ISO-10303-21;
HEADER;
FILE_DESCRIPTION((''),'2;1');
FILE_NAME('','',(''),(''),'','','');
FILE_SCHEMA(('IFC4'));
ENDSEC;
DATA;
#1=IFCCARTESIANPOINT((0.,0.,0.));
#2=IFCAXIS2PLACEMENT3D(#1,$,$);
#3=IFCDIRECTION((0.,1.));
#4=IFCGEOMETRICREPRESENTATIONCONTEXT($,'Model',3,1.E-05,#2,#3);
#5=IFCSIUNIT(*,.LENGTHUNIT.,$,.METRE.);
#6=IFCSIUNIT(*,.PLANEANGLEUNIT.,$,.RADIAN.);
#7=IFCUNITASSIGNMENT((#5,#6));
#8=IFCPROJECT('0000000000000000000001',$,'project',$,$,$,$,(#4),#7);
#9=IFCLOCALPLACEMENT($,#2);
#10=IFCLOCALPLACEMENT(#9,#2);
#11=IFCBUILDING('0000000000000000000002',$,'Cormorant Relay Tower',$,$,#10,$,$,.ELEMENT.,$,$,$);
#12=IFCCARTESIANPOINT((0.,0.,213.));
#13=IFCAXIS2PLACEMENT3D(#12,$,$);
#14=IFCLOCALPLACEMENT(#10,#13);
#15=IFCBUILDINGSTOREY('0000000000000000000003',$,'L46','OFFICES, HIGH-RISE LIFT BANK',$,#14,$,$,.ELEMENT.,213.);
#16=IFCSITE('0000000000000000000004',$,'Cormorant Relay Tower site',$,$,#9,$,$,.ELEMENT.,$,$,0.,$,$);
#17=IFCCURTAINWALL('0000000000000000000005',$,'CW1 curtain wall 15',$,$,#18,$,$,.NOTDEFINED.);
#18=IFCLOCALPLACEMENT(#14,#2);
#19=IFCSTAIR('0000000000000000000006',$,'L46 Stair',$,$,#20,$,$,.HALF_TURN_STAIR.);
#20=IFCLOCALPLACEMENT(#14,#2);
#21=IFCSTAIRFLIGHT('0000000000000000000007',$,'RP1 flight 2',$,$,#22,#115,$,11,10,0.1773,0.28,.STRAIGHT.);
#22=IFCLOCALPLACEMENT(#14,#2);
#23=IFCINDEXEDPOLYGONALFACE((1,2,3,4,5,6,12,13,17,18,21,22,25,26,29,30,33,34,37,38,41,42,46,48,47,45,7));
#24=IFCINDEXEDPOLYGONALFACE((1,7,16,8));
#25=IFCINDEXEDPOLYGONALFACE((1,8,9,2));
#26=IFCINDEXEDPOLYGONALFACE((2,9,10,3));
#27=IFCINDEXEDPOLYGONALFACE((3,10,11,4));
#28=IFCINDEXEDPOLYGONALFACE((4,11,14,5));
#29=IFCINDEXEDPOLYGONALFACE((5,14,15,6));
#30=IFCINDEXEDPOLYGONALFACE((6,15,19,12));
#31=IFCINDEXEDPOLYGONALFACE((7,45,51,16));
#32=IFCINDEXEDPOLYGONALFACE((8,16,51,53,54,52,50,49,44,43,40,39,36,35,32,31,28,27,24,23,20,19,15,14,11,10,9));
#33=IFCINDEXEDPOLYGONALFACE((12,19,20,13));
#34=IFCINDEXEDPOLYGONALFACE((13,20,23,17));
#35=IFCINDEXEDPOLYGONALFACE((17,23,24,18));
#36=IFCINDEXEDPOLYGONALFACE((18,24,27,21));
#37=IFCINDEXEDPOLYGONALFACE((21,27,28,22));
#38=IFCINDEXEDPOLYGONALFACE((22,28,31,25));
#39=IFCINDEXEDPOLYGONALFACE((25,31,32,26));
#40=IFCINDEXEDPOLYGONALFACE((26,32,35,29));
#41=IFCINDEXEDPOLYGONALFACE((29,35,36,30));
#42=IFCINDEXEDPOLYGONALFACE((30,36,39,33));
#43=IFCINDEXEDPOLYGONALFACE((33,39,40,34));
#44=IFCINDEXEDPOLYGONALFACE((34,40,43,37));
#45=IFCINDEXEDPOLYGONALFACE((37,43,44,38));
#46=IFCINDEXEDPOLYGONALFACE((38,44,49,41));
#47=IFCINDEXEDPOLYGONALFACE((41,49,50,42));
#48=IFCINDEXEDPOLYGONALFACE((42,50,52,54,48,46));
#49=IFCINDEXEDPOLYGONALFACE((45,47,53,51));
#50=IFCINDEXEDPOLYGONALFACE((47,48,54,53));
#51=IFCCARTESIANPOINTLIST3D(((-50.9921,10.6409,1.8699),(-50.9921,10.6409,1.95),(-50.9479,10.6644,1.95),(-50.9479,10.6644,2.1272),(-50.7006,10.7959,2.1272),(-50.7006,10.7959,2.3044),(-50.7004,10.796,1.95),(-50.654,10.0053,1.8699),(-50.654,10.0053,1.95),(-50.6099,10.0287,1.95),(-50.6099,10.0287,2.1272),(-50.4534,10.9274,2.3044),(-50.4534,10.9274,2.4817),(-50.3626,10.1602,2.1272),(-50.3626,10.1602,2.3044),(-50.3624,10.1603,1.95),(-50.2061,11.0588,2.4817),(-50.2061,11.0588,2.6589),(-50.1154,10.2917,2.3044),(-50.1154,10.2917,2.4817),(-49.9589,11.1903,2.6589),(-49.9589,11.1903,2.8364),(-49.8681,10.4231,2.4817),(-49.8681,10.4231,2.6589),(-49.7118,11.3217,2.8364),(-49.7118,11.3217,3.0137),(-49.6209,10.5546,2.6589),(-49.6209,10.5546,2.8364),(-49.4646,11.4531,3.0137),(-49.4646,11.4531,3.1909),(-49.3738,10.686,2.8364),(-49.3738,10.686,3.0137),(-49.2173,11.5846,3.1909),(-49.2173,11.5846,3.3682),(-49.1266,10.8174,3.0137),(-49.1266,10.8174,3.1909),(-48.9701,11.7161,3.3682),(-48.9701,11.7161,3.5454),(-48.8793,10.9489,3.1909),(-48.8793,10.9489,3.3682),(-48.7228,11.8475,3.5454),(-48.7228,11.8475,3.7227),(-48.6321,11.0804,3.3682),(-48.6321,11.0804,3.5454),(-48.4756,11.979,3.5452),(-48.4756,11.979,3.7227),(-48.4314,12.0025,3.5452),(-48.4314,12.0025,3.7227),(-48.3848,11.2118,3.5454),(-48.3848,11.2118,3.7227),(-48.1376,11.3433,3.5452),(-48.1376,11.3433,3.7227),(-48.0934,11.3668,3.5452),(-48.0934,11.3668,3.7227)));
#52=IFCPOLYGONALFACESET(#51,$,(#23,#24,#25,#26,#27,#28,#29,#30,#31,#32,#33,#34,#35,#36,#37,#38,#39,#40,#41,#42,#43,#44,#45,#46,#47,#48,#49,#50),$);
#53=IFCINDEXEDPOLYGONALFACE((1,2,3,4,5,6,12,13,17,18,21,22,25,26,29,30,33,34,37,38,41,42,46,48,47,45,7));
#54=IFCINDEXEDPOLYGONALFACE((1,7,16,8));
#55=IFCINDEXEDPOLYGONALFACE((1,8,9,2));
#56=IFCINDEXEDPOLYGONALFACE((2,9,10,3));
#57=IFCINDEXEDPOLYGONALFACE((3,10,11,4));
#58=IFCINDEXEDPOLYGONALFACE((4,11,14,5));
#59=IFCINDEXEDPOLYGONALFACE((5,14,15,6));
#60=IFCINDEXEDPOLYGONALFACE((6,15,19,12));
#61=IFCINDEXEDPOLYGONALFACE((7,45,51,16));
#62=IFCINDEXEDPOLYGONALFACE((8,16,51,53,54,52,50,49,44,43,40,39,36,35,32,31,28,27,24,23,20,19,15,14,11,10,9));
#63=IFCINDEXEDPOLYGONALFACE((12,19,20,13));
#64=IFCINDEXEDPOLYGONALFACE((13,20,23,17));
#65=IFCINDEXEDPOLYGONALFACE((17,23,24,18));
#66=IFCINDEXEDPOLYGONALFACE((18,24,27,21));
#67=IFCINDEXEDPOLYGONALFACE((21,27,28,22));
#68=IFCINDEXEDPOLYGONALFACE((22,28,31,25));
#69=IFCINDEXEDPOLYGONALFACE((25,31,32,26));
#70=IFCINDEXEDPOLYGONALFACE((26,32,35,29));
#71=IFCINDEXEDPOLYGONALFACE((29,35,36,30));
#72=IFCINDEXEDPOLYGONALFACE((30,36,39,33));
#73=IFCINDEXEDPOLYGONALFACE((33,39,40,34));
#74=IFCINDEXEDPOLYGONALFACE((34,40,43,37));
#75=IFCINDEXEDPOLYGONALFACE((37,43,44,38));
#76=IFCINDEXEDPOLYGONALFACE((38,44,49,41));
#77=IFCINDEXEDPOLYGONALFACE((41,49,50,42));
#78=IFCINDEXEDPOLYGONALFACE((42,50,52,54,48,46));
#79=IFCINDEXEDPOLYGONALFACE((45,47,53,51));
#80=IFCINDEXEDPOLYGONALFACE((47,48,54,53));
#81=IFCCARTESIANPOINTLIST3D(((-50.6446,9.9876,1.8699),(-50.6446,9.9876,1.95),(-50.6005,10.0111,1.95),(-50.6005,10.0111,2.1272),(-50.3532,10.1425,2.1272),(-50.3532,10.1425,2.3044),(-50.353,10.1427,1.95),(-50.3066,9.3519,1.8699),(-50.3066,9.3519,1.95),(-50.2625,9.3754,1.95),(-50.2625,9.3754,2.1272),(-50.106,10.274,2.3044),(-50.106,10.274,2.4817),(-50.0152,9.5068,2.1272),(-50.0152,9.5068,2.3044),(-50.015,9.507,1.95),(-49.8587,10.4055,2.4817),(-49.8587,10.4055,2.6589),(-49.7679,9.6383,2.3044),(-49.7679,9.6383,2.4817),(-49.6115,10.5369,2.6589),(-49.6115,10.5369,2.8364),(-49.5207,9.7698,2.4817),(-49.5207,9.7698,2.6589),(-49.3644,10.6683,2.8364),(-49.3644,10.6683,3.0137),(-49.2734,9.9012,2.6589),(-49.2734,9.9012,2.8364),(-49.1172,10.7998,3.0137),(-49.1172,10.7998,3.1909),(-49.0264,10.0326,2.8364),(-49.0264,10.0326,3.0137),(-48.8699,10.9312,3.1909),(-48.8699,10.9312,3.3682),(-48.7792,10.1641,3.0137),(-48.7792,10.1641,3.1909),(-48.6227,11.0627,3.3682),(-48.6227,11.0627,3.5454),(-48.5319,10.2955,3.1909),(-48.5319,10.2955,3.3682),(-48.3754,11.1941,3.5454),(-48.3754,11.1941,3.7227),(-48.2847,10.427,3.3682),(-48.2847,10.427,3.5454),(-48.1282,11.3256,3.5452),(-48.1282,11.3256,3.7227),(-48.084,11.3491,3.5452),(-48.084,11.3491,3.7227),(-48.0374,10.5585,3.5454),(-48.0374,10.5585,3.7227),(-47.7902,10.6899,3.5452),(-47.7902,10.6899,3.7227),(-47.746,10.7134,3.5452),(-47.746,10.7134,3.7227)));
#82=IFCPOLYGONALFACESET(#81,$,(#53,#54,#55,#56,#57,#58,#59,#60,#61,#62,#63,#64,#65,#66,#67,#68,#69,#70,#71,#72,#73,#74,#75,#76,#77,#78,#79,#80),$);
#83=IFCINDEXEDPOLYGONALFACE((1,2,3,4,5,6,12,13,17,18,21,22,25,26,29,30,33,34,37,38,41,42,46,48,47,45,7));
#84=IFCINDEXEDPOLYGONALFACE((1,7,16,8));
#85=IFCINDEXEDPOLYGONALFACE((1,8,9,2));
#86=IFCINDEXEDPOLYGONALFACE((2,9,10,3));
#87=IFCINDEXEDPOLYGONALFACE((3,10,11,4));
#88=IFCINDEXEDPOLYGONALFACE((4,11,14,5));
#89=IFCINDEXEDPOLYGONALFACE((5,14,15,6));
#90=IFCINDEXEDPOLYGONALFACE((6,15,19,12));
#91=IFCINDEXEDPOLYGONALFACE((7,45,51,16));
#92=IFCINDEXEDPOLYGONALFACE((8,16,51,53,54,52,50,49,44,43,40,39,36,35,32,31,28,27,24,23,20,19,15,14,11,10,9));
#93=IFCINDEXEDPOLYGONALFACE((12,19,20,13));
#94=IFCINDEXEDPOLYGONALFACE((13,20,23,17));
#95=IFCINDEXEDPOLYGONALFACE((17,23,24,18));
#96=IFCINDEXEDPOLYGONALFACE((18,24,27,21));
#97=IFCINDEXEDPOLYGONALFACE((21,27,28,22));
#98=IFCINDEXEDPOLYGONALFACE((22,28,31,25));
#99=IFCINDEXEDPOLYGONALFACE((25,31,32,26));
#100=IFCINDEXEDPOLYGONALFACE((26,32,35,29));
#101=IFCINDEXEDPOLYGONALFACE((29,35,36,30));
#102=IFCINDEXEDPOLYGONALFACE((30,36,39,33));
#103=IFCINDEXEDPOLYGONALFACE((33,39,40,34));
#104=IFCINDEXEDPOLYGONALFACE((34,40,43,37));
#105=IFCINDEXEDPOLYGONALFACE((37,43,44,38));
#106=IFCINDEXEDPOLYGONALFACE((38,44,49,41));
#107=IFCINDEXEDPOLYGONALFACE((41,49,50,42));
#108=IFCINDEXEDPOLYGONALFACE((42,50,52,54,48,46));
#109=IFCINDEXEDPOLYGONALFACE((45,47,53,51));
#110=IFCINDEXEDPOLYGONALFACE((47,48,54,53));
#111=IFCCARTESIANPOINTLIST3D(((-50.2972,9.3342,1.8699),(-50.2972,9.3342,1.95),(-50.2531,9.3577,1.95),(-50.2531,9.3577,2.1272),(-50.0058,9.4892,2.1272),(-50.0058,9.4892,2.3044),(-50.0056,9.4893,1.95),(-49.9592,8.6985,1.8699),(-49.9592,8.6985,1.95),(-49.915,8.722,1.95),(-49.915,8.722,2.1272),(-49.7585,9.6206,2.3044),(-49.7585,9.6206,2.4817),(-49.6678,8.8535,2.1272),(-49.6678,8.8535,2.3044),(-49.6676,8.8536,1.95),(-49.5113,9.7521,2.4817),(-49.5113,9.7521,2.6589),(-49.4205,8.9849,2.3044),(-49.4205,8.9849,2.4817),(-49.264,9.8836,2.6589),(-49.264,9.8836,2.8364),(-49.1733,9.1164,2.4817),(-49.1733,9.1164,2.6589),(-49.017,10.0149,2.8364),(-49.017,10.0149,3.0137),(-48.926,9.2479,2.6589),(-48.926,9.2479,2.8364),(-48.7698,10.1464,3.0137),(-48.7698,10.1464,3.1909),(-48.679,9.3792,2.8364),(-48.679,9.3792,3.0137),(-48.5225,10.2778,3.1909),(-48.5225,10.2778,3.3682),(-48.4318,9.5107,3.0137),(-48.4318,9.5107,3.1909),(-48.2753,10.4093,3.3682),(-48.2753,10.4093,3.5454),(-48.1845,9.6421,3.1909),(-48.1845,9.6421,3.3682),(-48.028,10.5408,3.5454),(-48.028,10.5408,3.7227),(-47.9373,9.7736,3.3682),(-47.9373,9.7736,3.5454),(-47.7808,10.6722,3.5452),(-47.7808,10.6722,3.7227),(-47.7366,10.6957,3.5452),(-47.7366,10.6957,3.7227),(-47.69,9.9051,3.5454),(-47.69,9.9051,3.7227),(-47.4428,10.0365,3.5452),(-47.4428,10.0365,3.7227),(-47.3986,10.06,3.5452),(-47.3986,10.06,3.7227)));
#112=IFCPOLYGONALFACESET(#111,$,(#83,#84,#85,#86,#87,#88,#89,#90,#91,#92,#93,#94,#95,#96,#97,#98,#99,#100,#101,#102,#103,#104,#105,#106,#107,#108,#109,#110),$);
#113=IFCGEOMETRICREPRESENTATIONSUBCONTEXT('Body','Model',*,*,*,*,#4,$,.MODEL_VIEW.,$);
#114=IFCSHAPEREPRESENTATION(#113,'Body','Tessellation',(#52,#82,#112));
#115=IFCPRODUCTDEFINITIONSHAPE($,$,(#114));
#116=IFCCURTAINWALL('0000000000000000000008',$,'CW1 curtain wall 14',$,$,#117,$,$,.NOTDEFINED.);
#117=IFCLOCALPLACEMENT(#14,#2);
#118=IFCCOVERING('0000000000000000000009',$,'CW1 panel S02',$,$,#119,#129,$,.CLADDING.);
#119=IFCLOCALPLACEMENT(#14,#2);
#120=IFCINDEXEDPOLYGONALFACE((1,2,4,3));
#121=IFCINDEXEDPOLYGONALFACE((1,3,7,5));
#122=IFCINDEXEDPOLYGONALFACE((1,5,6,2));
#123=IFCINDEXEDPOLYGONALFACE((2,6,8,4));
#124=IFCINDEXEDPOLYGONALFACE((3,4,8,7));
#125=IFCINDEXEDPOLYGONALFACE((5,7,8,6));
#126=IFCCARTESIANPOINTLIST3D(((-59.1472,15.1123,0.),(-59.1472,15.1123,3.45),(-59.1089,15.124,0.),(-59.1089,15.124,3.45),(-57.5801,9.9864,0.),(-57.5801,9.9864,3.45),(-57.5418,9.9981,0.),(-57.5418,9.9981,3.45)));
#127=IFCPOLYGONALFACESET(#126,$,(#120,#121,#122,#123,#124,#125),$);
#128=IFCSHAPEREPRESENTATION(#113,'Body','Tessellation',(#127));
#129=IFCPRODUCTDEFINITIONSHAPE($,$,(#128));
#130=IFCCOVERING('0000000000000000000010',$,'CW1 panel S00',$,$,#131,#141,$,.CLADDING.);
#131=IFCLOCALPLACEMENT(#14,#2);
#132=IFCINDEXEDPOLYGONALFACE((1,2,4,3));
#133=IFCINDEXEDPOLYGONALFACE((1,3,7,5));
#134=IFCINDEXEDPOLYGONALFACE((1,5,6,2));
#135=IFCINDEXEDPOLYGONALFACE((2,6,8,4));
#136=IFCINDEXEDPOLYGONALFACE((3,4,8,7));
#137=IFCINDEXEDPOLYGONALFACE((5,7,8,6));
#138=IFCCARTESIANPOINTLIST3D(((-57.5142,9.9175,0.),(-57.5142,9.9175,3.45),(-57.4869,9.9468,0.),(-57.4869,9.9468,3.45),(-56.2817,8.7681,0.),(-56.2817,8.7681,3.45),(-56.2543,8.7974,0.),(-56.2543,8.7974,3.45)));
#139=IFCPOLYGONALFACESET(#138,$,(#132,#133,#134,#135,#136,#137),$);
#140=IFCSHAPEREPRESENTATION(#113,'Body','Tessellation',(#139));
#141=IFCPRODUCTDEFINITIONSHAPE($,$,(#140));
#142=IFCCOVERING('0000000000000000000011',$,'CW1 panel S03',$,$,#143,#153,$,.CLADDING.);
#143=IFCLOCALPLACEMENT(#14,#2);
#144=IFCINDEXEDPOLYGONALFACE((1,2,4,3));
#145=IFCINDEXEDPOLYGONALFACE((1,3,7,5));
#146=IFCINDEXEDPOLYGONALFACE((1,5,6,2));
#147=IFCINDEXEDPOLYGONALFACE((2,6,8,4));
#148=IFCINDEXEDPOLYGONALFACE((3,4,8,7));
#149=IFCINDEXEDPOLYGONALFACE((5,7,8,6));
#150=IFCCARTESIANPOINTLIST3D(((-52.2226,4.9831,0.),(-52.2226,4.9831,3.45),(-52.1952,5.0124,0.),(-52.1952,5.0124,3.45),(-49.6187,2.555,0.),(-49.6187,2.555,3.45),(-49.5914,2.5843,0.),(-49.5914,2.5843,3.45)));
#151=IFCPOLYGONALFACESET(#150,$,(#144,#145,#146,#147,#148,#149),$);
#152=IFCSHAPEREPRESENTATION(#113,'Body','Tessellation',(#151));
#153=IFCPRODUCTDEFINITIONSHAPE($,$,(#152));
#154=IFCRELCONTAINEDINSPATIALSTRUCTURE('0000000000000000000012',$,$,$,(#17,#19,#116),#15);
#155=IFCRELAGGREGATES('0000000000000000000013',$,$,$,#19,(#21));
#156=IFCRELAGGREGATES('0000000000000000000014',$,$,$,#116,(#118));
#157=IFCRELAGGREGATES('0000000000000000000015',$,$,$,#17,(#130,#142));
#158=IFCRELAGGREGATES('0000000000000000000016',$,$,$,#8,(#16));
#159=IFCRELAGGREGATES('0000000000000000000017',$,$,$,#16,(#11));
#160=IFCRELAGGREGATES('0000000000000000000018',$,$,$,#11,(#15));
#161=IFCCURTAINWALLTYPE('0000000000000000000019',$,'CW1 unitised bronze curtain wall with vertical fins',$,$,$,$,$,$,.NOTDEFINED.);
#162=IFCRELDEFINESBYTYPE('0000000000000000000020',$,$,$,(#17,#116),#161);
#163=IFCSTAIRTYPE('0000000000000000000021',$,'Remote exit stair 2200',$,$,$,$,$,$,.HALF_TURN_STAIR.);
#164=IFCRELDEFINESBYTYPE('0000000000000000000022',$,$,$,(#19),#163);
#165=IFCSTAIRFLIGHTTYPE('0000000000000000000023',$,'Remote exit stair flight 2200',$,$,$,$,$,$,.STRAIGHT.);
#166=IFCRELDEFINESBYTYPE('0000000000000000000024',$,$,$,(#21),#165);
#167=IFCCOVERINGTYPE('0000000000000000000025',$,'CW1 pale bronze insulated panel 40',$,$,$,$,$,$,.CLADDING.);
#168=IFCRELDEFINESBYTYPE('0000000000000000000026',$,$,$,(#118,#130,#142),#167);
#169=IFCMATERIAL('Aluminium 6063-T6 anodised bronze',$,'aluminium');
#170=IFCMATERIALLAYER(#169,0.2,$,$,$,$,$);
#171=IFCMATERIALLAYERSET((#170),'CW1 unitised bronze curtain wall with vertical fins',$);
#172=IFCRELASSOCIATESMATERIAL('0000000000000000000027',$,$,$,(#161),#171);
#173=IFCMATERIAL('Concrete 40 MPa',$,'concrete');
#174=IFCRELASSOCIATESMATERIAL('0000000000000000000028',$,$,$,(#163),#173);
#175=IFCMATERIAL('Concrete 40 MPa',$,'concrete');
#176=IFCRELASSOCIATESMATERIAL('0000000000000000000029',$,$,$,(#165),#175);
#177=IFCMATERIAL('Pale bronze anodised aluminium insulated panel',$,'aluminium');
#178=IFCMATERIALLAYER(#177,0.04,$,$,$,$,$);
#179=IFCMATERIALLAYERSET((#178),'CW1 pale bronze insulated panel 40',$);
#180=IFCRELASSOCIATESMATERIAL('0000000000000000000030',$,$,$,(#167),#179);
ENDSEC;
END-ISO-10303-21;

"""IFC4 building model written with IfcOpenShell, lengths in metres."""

from ifc_helpers import new_model, si_unit, direction, frame, origin, origin_2d, place, context, subcontext, project, spatial, polyline, rectangle, outline, extrude, material, layer, layer_set, type_object, element, aggregate, save


model = new_model("IFC4")

# Units and contexts
model_context = context("Model", 3, precision=1e-05, world=origin(), true_north=direction((0.0, 1.0)))
body_context = subcontext(model_context, "Body", "Model", "MODEL_VIEW")
ifc_project = project(units=[si_unit("LENGTHUNIT", "METRE"), si_unit("PLANEANGLEUNIT", "RADIAN")], contexts=[model_context])

# Site, building, storey
site_placement = place(None, origin())
site = spatial("IfcSite", under=ifc_project, at=site_placement, Name="Cormorant Relay Tower site", CompositionType="ELEMENT", RefElevation=0.0)
building_placement = place(site_placement, origin())
building = spatial("IfcBuilding", under=site, at=building_placement, Name="Cormorant Relay Tower", CompositionType="ELEMENT")
storey_placement = place(building_placement, frame((0.0, 0.0, 213.0)))
storey = spatial("IfcBuildingStorey", under=building, at=storey_placement, Name="L46", Description="OFFICES, HIGH-RISE LIFT BANK", CompositionType="ELEMENT", Elevation=213.0)

# Curtain wall
ifc_material_1 = material(Name="Aluminium 6063-T6 anodised bronze", Category="aluminium")
ifc_layer_1 = layer(ifc_material_1, 0.2)
ifc_layer_set_1 = layer_set([ifc_layer_1], Name="CW1 unitised bronze curtain wall with vertical fins")
curtain_wall_type = type_object("IfcCurtainWallType", Name="CW1 unitised bronze curtain wall with vertical fins", PredefinedType="NOTDEFINED", material=ifc_layer_set_1)
curtain_wall_1_placement = place(storey_placement, origin())
curtain_wall_1 = element("IfcCurtainWall", 1, at=curtain_wall_1_placement, inside=storey, type_object=curtain_wall_type, Name="CW1 curtain wall 15", PredefinedType="NOTDEFINED")

# Stair, stair flight
ifc_material_2 = material(Name="Concrete 40 MPa", Category="concrete")
stair_type = type_object("IfcStairType", Name="Remote exit stair 2200", PredefinedType="HALF_TURN_STAIR", material=ifc_material_2)
stair_placement = place(storey_placement, origin())
stair = element("IfcStair", 2, at=stair_placement, inside=storey, type_object=stair_type, Name="L46 Stair", PredefinedType="HALF_TURN_STAIR")
ifc_material_3 = material(Name="Concrete 40 MPa", Category="concrete")
stair_flight_type = type_object("IfcStairFlightType", Name="Remote exit stair flight 2200", PredefinedType="STRAIGHT", material=ifc_material_3)
stair_flight_1_placement = place(storey_placement, frame((-50.4314, 9.6931, 1.95), z_axis=(0.0, 0.0, 1.0), x_axis=(0.882948, 0.469472, 0.0)))
stair_flight_1 = element("IfcStairFlight", 3, at=stair_flight_1_placement, type_object=stair_flight_type, Name="RP1 flight 2", NumberOfRisers=11, NumberOfTreads=10, PredefinedType="STRAIGHT", RiserHeight=0.1773, TreadLength=0.28, context=body_context, shape_type="SweptSolid", body=[
    extrude(outline(polyline([(-0.05, -0.0801), (-0.05, 0.0), (0.0, 0.0), (0.0, 0.1772), (0.28, 0.1772), (0.28, 0.3545), (0.5601, 0.3545), (0.5601, 0.5317), (0.8401, 0.5317), (0.8401, 0.709), (1.1201, 0.709), (1.1201, 0.8865), (1.3999, 0.8865), (1.3999, 1.0637), (1.6799, 1.0637), (1.6799, 1.241), (1.96, 1.241), (1.96, 1.4182), (2.24, 1.4182), (2.24, 1.5955), (2.52, 1.5955), (2.52, 1.7727), (2.8, 1.7727), (2.8501, 1.7727), (2.8501, 1.5952), (2.8, 1.5952), (0.2803, 0.0), (-0.05, -0.0801)])), frame((0.0, 1.1001, 0.0), z_axis=(0.0, -1.0, 0.0), x_axis=(1.0, 0.0, 0.0)), (0.0, 0.0, 1.0), 0.72),
    extrude(outline(polyline([(-0.05, -0.0801), (-0.05, 0.0), (0.0, 0.0), (0.0, 0.1772), (0.28, 0.1772), (0.28, 0.3545), (0.5601, 0.3545), (0.5601, 0.5317), (0.8401, 0.5317), (0.8401, 0.709), (1.1201, 0.709), (1.1201, 0.8865), (1.3999, 0.8865), (1.3999, 1.0637), (1.6799, 1.0637), (1.6799, 1.241), (1.96, 1.241), (1.96, 1.4182), (2.24, 1.4182), (2.24, 1.5955), (2.52, 1.5955), (2.52, 1.7727), (2.8, 1.7727), (2.8501, 1.7727), (2.8501, 1.5952), (2.8, 1.5952), (0.2803, 0.0), (-0.05, -0.0801)])), frame((0.0, 0.3601, 0.0), z_axis=(0.0, -1.0, 0.0), x_axis=(1.0, 0.0, 0.0)), (0.0, 0.0, 1.0), 0.72),
    extrude(outline(polyline([(-0.05, -0.0801), (-0.05, 0.0), (0.0, 0.0), (0.0, 0.1772), (0.28, 0.1772), (0.28, 0.3545), (0.5601, 0.3545), (0.5601, 0.5317), (0.8401, 0.5317), (0.8401, 0.709), (1.1201, 0.709), (1.1201, 0.8865), (1.3999, 0.8865), (1.3999, 1.0637), (1.6799, 1.0637), (1.6799, 1.241), (1.96, 1.241), (1.96, 1.4182), (2.24, 1.4182), (2.24, 1.5955), (2.52, 1.5955), (2.52, 1.7727), (2.8, 1.7727), (2.8501, 1.7727), (2.8501, 1.5952), (2.8, 1.5952), (0.2803, 0.0), (-0.05, -0.0801)])), frame((0.0, -0.3799, 0.0), z_axis=(0.0, -1.0, 0.0), x_axis=(1.0, 0.0, 0.0)), (0.0, 0.0, 1.0), 0.72),
])
aggregate(stair, [stair_flight_1])

# Curtain wall, covering
curtain_wall_2_placement = place(storey_placement, origin())
curtain_wall_2 = element("IfcCurtainWall", 4, at=curtain_wall_2_placement, inside=storey, type_object=curtain_wall_type, Name="CW1 curtain wall 14", PredefinedType="NOTDEFINED")
ifc_material_4 = material(Name="Pale bronze anodised aluminium insulated panel", Category="aluminium")
ifc_layer_2 = layer(ifc_material_4, 0.04)
ifc_layer_set_2 = layer_set([ifc_layer_2], Name="CW1 pale bronze insulated panel 40")
covering_type = type_object("IfcCoveringType", Name="CW1 pale bronze insulated panel 40", PredefinedType="CLADDING", material=ifc_layer_set_2)
covering_1_placement = place(storey_placement, frame((-58.3445, 12.5552, 0.0), z_axis=(0.0, 0.0, 1.0), x_axis=(0.292372, -0.956305, 0.0)))
covering_1 = element("IfcCovering", 5, at=covering_1_placement, type_object=covering_type, Name="CW1 panel S02", PredefinedType="CLADDING", context=body_context, shape_type="SweptSolid", body=[
    extrude(rectangle(XDim=5.3601, YDim=0.04, at=origin_2d()), origin(), (0.0, 0.0, 1.0), 3.45),
])
aggregate(curtain_wall_2, [covering_1])

# Coverings
covering_2_placement = place(storey_placement, frame((-56.8843, 9.3574, 0.0), z_axis=(0.0, 0.0, 1.0), x_axis=(0.731354, -0.681998, 0.0)))
covering_2 = element("IfcCovering", 6, at=covering_2_placement, type_object=covering_type, Name="CW1 panel S00", PredefinedType="CLADDING", context=body_context, shape_type="SweptSolid", body=[
    extrude(rectangle(XDim=1.6853, YDim=0.04, at=origin_2d()), origin(), (0.0, 0.0, 1.0), 3.45),
])
covering_3_placement = place(storey_placement, frame((-50.907, 3.7837, 0.0), z_axis=(0.0, 0.0, 1.0), x_axis=(0.731354, -0.681998, 0.0)))
covering_3 = element("IfcCovering", 7, at=covering_3_placement, type_object=covering_type, Name="CW1 panel S03", PredefinedType="CLADDING", context=body_context, shape_type="SweptSolid", body=[
    extrude(rectangle(XDim=3.5603, YDim=0.04, at=origin_2d()), origin(), (0.0, 0.0, 1.0), 3.45),
])
aggregate(curtain_wall_1, [covering_2, covering_3])

save(model, "model.ifc")
